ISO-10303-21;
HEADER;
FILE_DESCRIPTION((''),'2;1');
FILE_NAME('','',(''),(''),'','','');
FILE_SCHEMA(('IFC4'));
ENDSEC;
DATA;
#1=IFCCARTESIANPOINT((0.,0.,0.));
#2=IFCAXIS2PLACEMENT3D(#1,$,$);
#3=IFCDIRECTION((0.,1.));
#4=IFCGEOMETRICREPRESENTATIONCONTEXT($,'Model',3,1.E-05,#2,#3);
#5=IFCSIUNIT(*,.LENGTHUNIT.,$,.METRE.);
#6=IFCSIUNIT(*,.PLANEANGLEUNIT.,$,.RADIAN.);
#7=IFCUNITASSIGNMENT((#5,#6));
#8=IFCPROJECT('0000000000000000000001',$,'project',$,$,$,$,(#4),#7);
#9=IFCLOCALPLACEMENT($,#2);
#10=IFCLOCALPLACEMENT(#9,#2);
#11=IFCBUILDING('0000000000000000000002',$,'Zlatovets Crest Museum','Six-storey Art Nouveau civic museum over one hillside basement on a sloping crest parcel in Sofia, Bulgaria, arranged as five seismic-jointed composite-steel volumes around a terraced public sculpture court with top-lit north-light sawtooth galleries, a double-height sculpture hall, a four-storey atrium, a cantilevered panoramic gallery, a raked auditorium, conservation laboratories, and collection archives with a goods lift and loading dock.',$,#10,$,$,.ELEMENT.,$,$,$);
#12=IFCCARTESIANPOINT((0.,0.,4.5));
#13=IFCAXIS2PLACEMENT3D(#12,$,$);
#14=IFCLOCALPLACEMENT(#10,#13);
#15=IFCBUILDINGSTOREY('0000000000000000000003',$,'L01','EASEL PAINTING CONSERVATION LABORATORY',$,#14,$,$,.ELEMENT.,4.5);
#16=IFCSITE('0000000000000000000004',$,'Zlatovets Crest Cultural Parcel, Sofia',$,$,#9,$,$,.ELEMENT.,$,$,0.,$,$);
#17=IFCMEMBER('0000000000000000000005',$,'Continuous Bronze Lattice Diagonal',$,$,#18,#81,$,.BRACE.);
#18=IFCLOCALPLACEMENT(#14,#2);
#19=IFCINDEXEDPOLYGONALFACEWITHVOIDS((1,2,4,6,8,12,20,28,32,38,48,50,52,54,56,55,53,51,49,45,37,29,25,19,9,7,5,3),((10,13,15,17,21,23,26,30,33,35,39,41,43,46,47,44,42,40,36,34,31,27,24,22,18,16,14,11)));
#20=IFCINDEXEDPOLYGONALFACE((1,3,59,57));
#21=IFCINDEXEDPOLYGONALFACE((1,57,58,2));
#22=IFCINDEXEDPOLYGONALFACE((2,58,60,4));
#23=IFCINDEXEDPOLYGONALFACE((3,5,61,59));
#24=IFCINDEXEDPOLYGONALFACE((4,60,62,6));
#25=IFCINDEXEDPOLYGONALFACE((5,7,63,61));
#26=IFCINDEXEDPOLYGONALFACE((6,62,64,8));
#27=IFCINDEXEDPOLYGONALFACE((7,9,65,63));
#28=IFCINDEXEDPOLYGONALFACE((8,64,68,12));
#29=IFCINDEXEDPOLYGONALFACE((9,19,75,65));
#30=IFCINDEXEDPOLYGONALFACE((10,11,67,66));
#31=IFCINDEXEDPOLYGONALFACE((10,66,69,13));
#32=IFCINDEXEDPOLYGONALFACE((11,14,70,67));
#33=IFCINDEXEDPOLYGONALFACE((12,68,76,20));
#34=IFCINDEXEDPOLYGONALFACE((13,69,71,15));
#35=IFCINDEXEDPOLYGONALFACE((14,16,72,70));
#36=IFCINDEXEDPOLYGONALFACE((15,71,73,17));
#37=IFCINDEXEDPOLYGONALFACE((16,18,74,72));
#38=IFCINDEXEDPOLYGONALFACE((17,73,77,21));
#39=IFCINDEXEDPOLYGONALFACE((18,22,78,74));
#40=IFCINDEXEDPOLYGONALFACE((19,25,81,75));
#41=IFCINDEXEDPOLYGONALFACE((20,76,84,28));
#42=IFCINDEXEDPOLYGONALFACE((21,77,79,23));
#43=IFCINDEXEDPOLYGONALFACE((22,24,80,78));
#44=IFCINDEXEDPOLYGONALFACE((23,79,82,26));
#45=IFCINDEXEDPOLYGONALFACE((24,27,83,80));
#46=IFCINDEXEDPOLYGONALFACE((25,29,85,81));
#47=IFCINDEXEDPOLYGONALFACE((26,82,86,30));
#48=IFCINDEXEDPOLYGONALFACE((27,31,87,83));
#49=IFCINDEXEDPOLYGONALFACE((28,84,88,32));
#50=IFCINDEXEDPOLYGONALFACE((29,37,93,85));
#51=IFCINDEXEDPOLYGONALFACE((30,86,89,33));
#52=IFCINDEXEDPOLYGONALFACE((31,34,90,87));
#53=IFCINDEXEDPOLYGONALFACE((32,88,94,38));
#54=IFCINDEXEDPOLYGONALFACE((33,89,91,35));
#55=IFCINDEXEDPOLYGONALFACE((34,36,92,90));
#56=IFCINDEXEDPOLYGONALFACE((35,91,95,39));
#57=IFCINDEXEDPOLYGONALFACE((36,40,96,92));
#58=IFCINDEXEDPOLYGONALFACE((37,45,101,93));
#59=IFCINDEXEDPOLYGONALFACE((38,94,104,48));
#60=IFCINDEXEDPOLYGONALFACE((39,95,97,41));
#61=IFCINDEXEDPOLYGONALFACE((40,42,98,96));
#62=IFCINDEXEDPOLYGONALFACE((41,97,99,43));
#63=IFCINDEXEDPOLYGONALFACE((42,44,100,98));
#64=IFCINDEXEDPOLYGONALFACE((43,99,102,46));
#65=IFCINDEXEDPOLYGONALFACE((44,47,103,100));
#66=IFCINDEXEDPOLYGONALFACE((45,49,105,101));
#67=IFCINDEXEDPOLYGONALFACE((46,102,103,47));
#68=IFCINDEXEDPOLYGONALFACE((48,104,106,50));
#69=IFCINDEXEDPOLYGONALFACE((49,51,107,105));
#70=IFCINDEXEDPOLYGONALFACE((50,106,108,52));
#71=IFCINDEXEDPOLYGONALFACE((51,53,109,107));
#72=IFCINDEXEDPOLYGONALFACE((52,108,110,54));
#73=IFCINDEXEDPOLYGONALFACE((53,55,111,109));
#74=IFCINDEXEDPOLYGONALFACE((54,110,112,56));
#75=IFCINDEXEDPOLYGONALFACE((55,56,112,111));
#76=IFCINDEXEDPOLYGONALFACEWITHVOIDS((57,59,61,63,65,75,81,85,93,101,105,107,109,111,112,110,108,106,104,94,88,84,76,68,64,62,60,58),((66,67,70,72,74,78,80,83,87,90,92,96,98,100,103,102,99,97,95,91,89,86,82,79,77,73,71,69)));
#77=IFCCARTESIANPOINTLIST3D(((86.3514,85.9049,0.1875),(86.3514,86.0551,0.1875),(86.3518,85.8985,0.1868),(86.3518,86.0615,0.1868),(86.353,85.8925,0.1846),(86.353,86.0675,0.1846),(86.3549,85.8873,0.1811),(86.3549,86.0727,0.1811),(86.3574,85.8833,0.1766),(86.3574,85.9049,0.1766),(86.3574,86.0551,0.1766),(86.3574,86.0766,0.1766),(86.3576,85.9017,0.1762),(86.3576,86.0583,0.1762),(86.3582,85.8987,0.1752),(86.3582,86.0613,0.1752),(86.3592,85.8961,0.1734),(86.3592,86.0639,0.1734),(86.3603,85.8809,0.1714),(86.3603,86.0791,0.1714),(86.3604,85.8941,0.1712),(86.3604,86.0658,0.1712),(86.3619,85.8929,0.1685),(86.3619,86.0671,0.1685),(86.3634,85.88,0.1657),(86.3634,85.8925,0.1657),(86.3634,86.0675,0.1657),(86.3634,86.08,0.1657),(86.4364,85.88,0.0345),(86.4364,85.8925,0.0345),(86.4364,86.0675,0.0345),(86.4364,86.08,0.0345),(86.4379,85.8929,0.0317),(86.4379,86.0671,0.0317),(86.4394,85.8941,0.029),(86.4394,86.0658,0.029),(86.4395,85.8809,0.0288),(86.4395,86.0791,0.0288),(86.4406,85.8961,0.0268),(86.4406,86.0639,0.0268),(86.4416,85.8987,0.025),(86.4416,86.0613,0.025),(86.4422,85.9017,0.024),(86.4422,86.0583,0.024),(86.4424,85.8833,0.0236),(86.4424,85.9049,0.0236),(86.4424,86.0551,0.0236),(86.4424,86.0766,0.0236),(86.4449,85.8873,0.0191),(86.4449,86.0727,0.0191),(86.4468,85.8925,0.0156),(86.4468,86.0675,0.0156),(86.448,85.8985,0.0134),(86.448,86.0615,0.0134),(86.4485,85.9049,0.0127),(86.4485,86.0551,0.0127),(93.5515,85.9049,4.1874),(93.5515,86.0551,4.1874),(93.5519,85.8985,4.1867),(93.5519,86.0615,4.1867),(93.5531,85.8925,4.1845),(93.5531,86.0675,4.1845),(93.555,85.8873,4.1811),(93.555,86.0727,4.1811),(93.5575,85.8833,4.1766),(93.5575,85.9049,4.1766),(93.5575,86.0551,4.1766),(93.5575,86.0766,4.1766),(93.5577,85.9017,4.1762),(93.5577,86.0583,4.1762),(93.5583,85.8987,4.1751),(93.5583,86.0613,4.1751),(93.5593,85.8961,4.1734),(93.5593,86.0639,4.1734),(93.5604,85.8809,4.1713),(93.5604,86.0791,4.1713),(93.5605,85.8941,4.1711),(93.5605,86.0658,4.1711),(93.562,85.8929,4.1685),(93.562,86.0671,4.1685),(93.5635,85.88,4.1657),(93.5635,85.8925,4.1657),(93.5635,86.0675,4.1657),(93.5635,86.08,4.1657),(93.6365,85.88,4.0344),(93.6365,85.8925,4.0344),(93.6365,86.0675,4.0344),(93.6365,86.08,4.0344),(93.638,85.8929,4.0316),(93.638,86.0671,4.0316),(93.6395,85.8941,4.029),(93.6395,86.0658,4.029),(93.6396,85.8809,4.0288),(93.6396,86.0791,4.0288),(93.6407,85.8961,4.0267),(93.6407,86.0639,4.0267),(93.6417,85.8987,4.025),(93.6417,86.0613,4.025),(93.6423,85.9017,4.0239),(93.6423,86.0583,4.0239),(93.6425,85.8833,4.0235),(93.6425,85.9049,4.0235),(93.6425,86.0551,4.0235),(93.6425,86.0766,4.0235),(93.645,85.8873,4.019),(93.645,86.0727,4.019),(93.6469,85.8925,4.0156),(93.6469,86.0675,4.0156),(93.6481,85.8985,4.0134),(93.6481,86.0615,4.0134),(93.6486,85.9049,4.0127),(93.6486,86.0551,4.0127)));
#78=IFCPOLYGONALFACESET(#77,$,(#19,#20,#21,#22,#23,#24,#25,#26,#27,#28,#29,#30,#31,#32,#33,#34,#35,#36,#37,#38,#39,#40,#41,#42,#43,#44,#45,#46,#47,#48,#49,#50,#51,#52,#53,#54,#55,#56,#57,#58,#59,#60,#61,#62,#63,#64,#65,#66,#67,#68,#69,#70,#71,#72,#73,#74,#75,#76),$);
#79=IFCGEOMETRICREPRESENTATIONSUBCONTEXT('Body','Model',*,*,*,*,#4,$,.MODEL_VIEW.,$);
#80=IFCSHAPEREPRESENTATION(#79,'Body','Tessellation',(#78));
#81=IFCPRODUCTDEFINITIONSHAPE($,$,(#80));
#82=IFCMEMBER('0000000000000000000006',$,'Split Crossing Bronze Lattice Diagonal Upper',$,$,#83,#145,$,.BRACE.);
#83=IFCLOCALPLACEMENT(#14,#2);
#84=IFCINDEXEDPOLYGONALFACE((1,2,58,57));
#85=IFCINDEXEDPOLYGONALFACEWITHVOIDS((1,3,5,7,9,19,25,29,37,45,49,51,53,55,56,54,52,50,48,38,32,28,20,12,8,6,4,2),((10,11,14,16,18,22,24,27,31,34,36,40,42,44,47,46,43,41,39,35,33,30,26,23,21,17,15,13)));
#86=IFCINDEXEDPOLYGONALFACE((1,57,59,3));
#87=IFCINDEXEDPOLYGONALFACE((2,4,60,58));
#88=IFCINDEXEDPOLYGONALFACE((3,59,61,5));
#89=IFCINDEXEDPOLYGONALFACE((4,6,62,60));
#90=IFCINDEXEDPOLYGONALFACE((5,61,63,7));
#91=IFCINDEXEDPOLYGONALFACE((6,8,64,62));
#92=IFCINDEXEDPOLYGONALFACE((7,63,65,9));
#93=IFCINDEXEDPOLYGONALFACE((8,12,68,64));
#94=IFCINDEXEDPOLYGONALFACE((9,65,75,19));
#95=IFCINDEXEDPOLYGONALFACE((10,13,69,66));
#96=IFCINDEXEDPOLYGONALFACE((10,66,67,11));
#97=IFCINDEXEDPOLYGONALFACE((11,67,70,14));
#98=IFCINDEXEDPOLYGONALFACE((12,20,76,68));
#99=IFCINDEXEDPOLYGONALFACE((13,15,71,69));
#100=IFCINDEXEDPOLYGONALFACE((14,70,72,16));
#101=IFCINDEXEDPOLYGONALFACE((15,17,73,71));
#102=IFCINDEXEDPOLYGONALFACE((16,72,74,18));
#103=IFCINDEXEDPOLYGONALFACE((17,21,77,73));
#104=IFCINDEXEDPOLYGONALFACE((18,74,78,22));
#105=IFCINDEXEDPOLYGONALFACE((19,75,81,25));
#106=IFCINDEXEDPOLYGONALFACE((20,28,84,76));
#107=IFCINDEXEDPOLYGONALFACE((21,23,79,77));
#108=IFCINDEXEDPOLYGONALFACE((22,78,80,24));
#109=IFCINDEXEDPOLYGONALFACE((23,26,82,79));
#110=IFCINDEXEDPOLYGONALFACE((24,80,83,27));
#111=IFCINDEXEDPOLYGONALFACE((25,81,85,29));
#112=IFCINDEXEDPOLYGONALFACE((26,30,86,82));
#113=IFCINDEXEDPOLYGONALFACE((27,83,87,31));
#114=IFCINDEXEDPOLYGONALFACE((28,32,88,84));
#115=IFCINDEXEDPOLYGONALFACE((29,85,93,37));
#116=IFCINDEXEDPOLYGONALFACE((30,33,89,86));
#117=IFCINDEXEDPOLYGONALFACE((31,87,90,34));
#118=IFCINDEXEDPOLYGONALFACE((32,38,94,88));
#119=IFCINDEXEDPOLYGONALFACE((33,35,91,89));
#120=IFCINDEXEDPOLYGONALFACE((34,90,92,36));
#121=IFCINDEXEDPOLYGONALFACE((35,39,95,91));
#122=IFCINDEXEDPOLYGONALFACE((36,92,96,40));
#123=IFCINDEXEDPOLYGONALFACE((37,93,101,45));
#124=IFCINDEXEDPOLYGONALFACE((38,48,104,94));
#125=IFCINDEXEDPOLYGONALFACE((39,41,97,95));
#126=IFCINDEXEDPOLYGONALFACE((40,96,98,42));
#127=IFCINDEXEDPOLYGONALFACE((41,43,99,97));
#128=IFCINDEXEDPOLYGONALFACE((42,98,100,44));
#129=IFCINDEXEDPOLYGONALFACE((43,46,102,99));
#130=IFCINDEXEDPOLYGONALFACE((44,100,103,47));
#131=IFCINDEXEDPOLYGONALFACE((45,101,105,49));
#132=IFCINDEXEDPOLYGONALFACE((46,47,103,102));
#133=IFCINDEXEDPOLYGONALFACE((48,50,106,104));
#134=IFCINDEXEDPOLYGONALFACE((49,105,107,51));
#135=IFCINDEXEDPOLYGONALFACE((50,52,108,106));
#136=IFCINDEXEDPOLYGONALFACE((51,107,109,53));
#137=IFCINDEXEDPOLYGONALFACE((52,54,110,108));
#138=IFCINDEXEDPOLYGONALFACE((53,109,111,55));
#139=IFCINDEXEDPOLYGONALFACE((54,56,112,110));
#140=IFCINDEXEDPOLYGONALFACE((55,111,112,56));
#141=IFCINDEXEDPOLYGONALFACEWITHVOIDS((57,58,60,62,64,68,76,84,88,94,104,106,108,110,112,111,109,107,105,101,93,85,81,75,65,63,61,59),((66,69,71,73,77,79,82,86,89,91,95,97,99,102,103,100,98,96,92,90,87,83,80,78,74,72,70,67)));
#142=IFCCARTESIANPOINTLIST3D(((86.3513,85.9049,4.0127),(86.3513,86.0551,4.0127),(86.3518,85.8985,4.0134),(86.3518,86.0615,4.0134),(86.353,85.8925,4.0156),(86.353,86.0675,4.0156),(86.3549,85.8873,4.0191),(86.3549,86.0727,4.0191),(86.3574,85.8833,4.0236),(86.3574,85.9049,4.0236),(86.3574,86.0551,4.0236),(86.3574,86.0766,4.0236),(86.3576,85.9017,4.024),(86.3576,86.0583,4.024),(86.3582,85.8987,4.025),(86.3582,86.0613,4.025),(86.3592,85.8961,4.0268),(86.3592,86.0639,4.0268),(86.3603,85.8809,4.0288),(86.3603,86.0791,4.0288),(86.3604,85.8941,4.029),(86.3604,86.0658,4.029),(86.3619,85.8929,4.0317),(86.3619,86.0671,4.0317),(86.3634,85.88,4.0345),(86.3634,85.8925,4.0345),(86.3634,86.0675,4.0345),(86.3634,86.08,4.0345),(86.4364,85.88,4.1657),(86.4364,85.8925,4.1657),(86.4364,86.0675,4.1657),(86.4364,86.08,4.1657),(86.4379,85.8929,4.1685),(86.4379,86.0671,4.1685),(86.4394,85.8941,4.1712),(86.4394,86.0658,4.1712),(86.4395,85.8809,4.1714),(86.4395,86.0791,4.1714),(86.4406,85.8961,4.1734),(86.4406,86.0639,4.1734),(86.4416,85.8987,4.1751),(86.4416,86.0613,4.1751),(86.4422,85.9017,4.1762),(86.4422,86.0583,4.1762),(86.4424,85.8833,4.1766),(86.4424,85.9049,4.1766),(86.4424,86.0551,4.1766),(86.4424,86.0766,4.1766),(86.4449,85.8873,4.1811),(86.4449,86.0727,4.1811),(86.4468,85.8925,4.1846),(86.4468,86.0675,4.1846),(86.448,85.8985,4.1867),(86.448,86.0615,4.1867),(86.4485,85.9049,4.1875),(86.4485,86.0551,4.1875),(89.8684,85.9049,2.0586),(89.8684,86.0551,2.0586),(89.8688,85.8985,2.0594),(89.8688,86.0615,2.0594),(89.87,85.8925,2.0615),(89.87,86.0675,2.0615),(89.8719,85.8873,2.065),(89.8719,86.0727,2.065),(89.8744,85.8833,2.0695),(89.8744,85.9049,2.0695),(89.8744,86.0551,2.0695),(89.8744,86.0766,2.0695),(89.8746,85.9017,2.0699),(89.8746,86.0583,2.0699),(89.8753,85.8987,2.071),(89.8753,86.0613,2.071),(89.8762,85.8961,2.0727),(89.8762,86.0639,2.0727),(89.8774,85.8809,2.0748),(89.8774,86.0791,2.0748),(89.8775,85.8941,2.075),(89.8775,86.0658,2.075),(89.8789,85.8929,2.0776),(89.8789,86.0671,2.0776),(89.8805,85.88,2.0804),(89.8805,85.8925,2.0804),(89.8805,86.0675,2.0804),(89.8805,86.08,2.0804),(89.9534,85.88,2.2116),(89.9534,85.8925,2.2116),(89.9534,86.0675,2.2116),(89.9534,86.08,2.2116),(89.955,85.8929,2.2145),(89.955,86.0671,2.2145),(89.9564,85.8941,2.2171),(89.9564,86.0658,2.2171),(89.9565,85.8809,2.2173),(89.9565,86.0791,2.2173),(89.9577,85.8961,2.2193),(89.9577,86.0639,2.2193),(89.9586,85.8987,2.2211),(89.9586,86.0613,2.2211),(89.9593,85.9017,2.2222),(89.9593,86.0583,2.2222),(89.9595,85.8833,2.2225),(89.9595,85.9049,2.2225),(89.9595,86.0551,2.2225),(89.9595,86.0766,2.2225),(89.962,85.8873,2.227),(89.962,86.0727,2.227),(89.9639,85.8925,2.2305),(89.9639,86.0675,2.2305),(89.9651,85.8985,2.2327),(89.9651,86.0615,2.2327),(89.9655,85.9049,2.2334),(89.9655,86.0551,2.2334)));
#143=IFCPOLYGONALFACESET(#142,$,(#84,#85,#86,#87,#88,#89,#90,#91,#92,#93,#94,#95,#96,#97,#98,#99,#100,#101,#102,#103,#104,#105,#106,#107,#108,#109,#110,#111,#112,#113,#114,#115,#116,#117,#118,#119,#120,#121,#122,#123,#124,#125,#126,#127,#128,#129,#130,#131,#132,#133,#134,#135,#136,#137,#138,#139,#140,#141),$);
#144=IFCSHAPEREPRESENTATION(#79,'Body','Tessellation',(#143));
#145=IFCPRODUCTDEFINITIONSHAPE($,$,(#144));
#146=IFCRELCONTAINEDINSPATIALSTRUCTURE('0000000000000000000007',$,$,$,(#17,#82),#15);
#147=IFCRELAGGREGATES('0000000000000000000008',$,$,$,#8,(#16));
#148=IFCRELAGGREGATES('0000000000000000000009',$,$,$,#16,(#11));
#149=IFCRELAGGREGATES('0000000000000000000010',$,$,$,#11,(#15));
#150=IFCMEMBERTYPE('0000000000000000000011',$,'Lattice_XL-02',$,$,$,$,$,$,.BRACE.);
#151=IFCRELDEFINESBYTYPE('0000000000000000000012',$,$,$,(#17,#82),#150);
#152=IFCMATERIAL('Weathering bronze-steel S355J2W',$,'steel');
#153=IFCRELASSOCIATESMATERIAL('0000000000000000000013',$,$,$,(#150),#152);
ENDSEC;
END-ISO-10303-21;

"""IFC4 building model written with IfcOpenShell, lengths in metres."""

from ifc_helpers import new_model, si_unit, direction, frame, origin, origin_2d, place, context, subcontext, project, spatial, hollow_rectangle, extrude, material, material_profile, profile_set, type_object, element, save


model = new_model("IFC4")

# Units and contexts
model_context = context("Model", 3, precision=1e-05, world=origin(), true_north=direction((0.0, 1.0)))
body_context = subcontext(model_context, "Body", "Model", "MODEL_VIEW")
ifc_project = project(units=[si_unit("LENGTHUNIT", "METRE"), si_unit("PLANEANGLEUNIT", "RADIAN")], contexts=[model_context])

# Site, building, storey
site_placement = place(None, origin())
site = spatial("IfcSite", under=ifc_project, at=site_placement, Name="Zlatovets Crest Cultural Parcel, Sofia", CompositionType="ELEMENT", RefElevation=0.0)
building_placement = place(site_placement, origin())
building = spatial("IfcBuilding", under=site, at=building_placement, Name="Zlatovets Crest Museum", Description="Six-storey Art Nouveau civic museum over one hillside basement on a sloping crest parcel in Sofia, Bulgaria, arranged as five seismic-jointed composite-steel volumes around a terraced public sculpture court with top-lit north-light sawtooth galleries, a double-height sculpture hall, a four-storey atrium, a cantilevered panoramic gallery, a raked auditorium, conservation laboratories, and collection archives with a goods lift and loading dock.", CompositionType="ELEMENT")
storey_placement = place(building_placement, frame((0.0, 0.0, 4.5)))
storey = spatial("IfcBuildingStorey", under=building, at=storey_placement, Name="L01", Description="EASEL PAINTING CONSERVATION LABORATORY", CompositionType="ELEMENT", Elevation=4.5)

# Members
ifc_material_1 = material(Name="Weathering bronze-steel S355J2W", Category="steel")
ifc_material_profile_1 = material_profile(ifc_material_1, hollow_rectangle(XDim=0.2, YDim=0.2, WallThickness=0.0125, InnerFilletRadius=0.0125, OuterFilletRadius=0.0249, at=origin_2d()), Name="SHS 200x200x12.5")
ifc_profile_set_1 = profile_set([ifc_material_profile_1], Name="Weathering bronze-steel S355J2W")
member_type_1 = type_object("IfcMemberType", Name="Lattice_XL-02", PredefinedType="BRACE", material=ifc_profile_set_1)
member_1_placement = place(storey_placement, frame((86.3999, 85.98, 0.1001), z_axis=(0.874163, 0.0, 0.485633), x_axis=(0.0, 1.0, 0.0)))
element("IfcMember", 1, at=member_1_placement, inside=storey, type_object=member_type_1, Name="Continuous Bronze Lattice Diagonal", PredefinedType="BRACE", context=body_context, shape_type="SweptSolid", body=[
    extrude(hollow_rectangle(XDim=0.2, YDim=0.2, WallThickness=0.0125, InnerFilletRadius=0.0125, OuterFilletRadius=0.0249, at=origin_2d()), origin(), (0.0, 0.0, 1.0), 8.2366),
])
for number, where, z_axis, x_axis, name in (
    (2, (86.3999, 85.98, 4.1001), (0.87414, 0.0, -0.485674), (0.0, 1.0, 0.0), "Split Crossing Bronze Lattice Diagonal Upper"),
):
    element("IfcMember", number, at=place(storey_placement, frame(where, z_axis=z_axis, x_axis=x_axis)), inside=storey, type_object=member_type_1, Name=name, PredefinedType="BRACE", context=body_context, shape_type="SweptSolid", body=[
        extrude(hollow_rectangle(XDim=0.2, YDim=0.2, WallThickness=0.0125, InnerFilletRadius=0.0125, OuterFilletRadius=0.0249, at=origin_2d()), origin(), (0.0, 0.0, 1.0), 4.0234),
    ])

save(model, "model.ifc")
